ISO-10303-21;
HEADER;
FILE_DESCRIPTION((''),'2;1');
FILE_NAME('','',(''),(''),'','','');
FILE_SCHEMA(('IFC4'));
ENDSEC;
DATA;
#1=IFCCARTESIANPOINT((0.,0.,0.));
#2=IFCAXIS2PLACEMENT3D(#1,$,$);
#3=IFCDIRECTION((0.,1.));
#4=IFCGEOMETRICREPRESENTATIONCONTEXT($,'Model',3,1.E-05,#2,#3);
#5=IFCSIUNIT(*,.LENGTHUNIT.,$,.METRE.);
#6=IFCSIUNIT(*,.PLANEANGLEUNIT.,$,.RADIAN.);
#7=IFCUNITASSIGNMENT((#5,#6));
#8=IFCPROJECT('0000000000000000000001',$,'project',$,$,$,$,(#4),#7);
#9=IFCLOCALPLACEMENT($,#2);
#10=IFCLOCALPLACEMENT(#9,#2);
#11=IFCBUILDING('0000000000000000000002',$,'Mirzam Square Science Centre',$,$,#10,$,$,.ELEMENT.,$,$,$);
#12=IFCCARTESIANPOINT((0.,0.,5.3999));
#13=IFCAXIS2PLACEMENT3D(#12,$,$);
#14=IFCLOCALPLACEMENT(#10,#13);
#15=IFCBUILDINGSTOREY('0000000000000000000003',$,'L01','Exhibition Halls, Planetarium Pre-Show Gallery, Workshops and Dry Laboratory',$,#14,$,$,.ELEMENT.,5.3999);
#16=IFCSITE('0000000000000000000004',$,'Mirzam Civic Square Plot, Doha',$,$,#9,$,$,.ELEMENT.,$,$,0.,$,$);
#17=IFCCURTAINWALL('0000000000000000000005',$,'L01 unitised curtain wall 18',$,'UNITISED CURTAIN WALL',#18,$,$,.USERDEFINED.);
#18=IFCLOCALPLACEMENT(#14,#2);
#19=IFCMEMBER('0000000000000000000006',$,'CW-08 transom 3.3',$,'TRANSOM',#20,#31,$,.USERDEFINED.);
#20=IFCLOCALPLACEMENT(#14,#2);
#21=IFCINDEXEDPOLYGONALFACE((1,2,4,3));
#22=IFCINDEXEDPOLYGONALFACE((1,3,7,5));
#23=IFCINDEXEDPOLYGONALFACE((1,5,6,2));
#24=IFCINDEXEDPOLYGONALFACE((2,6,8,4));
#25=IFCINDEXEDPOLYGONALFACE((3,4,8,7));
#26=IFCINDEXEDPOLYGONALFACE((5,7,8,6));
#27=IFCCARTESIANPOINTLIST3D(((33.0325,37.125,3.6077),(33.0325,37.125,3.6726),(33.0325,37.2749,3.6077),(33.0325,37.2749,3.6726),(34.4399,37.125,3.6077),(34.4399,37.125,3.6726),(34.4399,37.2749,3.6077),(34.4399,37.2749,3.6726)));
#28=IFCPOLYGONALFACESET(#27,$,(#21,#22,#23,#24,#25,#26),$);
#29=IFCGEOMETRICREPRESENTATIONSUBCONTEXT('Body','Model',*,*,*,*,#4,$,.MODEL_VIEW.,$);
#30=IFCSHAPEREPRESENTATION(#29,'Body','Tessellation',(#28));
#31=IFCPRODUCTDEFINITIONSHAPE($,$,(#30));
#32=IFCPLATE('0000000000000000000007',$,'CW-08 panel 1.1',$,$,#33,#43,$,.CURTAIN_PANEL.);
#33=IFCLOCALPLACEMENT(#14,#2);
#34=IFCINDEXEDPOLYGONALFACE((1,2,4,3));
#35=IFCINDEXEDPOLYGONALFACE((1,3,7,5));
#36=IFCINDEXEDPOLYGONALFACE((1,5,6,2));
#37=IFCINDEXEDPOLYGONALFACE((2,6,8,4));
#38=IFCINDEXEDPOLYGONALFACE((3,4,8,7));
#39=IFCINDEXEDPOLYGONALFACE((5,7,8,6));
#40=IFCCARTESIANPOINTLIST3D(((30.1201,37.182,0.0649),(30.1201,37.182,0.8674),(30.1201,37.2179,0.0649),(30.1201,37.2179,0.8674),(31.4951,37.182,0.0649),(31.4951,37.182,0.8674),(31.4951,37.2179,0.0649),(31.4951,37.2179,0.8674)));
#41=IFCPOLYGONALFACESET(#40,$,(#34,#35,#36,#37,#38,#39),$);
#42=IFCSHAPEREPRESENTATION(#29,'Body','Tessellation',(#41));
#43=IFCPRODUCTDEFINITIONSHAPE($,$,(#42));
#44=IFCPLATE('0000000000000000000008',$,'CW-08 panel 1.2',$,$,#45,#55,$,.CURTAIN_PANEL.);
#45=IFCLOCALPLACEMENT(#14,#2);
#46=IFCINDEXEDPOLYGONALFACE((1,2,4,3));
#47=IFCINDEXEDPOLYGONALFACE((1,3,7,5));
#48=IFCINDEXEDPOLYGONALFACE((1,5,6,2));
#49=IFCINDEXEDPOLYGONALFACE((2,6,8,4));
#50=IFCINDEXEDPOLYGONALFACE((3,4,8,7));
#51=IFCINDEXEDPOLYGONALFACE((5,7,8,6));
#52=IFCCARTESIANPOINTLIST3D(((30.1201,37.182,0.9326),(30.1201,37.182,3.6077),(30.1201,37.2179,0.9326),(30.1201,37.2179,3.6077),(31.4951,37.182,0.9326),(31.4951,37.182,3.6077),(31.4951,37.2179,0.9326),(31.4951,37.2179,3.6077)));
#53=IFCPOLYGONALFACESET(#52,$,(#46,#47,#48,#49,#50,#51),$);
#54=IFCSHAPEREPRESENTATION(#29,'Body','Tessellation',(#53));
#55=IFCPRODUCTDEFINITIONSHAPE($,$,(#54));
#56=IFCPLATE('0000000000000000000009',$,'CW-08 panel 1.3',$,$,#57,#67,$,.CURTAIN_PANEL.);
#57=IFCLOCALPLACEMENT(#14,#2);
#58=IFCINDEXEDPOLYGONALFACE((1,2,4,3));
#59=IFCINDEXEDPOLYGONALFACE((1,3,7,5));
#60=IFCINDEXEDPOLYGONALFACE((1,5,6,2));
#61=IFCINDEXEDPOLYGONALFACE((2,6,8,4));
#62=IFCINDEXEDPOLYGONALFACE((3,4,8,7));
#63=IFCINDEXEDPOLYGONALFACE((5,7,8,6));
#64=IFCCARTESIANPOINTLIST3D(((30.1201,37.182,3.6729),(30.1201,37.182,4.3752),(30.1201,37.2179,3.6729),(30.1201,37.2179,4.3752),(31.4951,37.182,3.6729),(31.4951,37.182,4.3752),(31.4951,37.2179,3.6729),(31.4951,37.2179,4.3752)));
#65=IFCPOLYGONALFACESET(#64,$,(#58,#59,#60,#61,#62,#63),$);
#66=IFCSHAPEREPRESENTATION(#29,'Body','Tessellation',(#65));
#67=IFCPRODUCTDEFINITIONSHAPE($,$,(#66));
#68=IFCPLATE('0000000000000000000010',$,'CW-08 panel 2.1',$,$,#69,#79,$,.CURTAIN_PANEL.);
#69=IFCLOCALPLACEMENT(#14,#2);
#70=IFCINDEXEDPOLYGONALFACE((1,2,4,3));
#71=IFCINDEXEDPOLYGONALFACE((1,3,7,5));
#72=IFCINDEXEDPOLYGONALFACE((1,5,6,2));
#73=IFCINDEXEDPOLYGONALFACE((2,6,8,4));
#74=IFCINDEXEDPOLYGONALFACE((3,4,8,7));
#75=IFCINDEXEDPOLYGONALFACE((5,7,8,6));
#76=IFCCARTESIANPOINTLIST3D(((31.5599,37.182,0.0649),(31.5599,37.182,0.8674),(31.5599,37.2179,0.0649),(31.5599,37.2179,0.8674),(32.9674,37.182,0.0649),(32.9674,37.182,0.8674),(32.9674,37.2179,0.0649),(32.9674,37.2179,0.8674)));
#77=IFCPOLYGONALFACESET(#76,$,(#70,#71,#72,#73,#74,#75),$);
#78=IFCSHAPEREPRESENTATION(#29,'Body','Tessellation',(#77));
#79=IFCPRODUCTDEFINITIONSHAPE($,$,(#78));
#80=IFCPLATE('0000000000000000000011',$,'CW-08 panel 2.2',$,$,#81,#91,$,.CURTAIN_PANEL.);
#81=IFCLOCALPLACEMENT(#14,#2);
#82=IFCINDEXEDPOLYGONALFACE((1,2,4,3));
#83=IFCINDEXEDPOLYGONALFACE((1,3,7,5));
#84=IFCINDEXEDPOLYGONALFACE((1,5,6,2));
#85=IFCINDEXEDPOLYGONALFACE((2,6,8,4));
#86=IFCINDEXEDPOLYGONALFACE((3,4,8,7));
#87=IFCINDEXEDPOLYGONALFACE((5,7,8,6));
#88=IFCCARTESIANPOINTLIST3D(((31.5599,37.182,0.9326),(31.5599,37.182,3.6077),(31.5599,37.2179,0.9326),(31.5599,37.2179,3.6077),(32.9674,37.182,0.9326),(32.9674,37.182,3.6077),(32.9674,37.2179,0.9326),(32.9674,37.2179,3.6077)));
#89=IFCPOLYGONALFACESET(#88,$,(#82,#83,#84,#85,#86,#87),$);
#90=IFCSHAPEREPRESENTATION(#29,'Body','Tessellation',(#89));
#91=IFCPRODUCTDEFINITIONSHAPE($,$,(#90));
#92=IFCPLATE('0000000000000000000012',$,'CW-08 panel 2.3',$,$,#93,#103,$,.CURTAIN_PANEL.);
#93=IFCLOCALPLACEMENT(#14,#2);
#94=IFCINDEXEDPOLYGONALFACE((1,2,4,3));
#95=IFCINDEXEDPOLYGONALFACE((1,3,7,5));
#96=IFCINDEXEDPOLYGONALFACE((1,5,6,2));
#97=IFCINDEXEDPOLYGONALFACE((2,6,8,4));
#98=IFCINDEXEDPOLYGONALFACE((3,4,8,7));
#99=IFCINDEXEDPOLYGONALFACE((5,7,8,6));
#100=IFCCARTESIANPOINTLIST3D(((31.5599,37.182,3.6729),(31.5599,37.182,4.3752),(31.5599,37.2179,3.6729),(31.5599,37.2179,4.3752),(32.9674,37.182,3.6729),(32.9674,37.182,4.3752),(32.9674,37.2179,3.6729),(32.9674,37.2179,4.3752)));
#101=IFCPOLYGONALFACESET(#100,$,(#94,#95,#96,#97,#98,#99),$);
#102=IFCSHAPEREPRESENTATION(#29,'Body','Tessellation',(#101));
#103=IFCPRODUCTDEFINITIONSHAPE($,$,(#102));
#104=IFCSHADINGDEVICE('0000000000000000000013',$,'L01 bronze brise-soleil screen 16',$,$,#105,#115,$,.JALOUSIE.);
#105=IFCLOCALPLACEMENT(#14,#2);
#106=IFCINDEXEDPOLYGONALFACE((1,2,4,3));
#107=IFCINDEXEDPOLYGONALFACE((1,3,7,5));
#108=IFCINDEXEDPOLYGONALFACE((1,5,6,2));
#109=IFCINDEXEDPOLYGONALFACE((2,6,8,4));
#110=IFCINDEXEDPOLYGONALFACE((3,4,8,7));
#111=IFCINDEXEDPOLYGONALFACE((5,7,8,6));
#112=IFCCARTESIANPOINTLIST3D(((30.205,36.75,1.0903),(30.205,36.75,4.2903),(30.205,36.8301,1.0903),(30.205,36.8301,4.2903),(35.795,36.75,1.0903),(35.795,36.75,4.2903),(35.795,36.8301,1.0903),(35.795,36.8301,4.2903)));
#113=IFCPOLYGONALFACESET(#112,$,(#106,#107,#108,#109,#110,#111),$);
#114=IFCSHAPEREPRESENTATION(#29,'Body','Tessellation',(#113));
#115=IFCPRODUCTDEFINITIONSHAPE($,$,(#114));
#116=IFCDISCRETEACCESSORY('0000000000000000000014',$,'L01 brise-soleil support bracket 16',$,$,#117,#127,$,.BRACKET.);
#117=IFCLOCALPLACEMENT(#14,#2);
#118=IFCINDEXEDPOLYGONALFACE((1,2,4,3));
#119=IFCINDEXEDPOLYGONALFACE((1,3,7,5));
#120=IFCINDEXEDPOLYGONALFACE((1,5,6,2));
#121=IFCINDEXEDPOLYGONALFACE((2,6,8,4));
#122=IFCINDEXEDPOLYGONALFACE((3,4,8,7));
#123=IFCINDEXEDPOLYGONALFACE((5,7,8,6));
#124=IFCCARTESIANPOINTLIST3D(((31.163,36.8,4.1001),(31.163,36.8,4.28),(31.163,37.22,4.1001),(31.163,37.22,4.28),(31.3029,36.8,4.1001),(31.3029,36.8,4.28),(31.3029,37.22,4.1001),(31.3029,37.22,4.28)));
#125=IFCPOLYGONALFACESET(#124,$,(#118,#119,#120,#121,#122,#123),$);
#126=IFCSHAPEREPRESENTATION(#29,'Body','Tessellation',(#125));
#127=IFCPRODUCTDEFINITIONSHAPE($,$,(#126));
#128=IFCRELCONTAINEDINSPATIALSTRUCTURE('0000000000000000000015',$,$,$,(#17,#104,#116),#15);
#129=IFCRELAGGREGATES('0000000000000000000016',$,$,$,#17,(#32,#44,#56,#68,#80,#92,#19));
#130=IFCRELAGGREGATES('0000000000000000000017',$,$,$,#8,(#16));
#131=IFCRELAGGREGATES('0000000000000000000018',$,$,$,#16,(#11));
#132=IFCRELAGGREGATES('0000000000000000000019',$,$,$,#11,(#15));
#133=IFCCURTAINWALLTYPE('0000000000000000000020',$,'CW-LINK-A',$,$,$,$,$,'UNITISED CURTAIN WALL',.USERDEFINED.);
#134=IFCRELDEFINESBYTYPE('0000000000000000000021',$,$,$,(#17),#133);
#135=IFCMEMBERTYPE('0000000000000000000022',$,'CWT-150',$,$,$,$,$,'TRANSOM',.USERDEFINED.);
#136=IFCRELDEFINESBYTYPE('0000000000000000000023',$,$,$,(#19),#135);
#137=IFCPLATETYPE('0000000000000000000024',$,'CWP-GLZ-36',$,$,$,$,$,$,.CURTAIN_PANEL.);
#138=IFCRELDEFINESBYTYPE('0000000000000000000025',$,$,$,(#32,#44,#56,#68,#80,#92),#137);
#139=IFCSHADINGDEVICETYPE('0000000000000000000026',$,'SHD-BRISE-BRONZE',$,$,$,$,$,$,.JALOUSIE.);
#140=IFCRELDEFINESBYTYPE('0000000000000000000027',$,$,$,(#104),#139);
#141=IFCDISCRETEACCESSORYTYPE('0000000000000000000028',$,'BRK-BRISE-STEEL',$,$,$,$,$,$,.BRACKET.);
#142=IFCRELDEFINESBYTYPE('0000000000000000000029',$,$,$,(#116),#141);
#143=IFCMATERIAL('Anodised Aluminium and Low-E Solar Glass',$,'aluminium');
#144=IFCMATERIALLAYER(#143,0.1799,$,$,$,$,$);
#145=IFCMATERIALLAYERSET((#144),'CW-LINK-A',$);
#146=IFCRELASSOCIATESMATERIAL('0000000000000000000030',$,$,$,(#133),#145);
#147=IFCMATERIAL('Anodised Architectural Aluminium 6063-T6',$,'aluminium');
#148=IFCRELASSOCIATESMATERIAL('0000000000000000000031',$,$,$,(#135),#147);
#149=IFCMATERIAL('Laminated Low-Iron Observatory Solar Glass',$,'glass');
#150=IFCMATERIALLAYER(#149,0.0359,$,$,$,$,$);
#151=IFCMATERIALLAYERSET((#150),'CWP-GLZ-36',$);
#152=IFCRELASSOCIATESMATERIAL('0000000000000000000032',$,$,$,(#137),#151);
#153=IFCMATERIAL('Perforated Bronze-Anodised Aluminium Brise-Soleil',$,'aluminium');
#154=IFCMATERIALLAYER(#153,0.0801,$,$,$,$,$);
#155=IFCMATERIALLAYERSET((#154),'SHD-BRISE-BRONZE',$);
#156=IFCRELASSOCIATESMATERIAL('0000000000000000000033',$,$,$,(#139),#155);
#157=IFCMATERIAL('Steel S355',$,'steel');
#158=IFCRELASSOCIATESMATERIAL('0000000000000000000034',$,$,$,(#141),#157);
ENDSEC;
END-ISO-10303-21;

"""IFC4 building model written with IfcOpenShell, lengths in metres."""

from ifc_helpers import new_model, si_unit, direction, frame, origin, origin_2d, place, context, subcontext, project, spatial, rectangle, extrude, material, layer, layer_set, material_profile, profile_set, type_object, element, aggregate, save


model = new_model("IFC4")

# Units and contexts
model_context = context("Model", 3, precision=1e-05, world=origin(), true_north=direction((0.0, 1.0)))
body_context = subcontext(model_context, "Body", "Model", "MODEL_VIEW")
ifc_project = project(units=[si_unit("LENGTHUNIT", "METRE"), si_unit("PLANEANGLEUNIT", "RADIAN")], contexts=[model_context])

# Site, building, storey
site_placement = place(None, origin())
site = spatial("IfcSite", under=ifc_project, at=site_placement, Name="Mirzam Civic Square Plot, Doha", CompositionType="ELEMENT", RefElevation=0.0)
building_placement = place(site_placement, origin())
building = spatial("IfcBuilding", under=site, at=building_placement, Name="Mirzam Square Science Centre", CompositionType="ELEMENT")
storey_placement = place(building_placement, frame((0.0, 0.0, 5.3999)))
storey = spatial("IfcBuildingStorey", under=building, at=storey_placement, Name="L01", Description="Exhibition Halls, Planetarium Pre-Show Gallery, Workshops and Dry Laboratory", CompositionType="ELEMENT", Elevation=5.3999)

# Shared definitions
ifc_material_1 = material(Name="Anodised Aluminium and Low-E Solar Glass", Category="aluminium")
ifc_material_2 = material(Name="Anodised Architectural Aluminium 6063-T6", Category="aluminium")

# Curtain wall, member, plates
ifc_layer_1 = layer(ifc_material_1, 0.1799)
ifc_layer_set_1 = layer_set([ifc_layer_1], Name="CW-LINK-A")
curtain_wall_type_1 = type_object("IfcCurtainWallType", Name="CW-LINK-A", ElementType="UNITISED CURTAIN WALL", PredefinedType="USERDEFINED", material=ifc_layer_set_1)
curtain_wall_1_placement = place(storey_placement, origin())
curtain_wall_1 = element("IfcCurtainWall", 1, at=curtain_wall_1_placement, inside=storey, type_object=curtain_wall_type_1, Name="L01 unitised curtain wall 18", ObjectType="UNITISED CURTAIN WALL", PredefinedType="USERDEFINED")
ifc_material_profile_1 = material_profile(ifc_material_2, rectangle(XDim=0.1499, YDim=0.0649, at=origin_2d()), Name="ALU-TRAN-150x65x4")
ifc_profile_set_1 = profile_set([ifc_material_profile_1], Name="Anodised Architectural Aluminium 6063-T6")
member_type_1 = type_object("IfcMemberType", Name="CWT-150", ElementType="TRANSOM", PredefinedType="USERDEFINED", material=ifc_profile_set_1)
member_1_placement = place(storey_placement, frame((33.0325, 37.2, 3.6401), z_axis=(1.0, 0.0, 0.0), x_axis=(0.0, 1.0, 0.0)))
member_1 = element("IfcMember", 2, at=member_1_placement, type_object=member_type_1, Name="CW-08 transom 3.3", ObjectType="TRANSOM", PredefinedType="USERDEFINED", context=body_context, shape_type="SweptSolid", body=[
    extrude(rectangle(XDim=0.1499, YDim=0.0649, at=origin_2d()), origin(), (0.0, 0.0, 1.0), 1.4075),
])
ifc_material_3 = material(Name="Laminated Low-Iron Observatory Solar Glass", Category="glass")
ifc_layer_2 = layer(ifc_material_3, 0.0359)
ifc_layer_set_2 = layer_set([ifc_layer_2], Name="CWP-GLZ-36")
plate_type = type_object("IfcPlateType", Name="CWP-GLZ-36", PredefinedType="CURTAIN_PANEL", material=ifc_layer_set_2)
plate_1_placement = place(storey_placement, frame((30.8076, 37.2, 0.0649), z_axis=(0.0, 0.0, 1.0), x_axis=(1.0, 0.0, 0.0)))
plate_1 = element("IfcPlate", 3, at=plate_1_placement, type_object=plate_type, Name="CW-08 panel 1.1", PredefinedType="CURTAIN_PANEL", context=body_context, shape_type="SweptSolid", body=[
    extrude(rectangle(XDim=1.375, YDim=0.0359, at=origin_2d()), origin(), (0.0, 0.0, 1.0), 0.8025),
])
plate_2_placement = place(storey_placement, frame((30.8076, 37.2, 0.9326), z_axis=(0.0, 0.0, 1.0), x_axis=(1.0, 0.0, 0.0)))
plate_2 = element("IfcPlate", 4, at=plate_2_placement, type_object=plate_type, Name="CW-08 panel 1.2", PredefinedType="CURTAIN_PANEL", context=body_context, shape_type="SweptSolid", body=[
    extrude(rectangle(XDim=1.375, YDim=0.0359, at=origin_2d()), origin(), (0.0, 0.0, 1.0), 2.675),
])
plate_3_placement = place(storey_placement, frame((30.8076, 37.2, 3.6729), z_axis=(0.0, 0.0, 1.0), x_axis=(1.0, 0.0, 0.0)))
plate_3 = element("IfcPlate", 5, at=plate_3_placement, type_object=plate_type, Name="CW-08 panel 1.3", PredefinedType="CURTAIN_PANEL", context=body_context, shape_type="SweptSolid", body=[
    extrude(rectangle(XDim=1.375, YDim=0.0359, at=origin_2d()), origin(), (0.0, 0.0, 1.0), 0.7024),
])
plate_4_placement = place(storey_placement, frame((32.2637, 37.2, 0.0649), z_axis=(0.0, 0.0, 1.0), x_axis=(1.0, 0.0, 0.0)))
plate_4 = element("IfcPlate", 6, at=plate_4_placement, type_object=plate_type, Name="CW-08 panel 2.1", PredefinedType="CURTAIN_PANEL", context=body_context, shape_type="SweptSolid", body=[
    extrude(rectangle(XDim=1.4075, YDim=0.0359, at=origin_2d()), origin(), (0.0, 0.0, 1.0), 0.8025),
])
plate_5_placement = place(storey_placement, frame((32.2637, 37.2, 0.9326), z_axis=(0.0, 0.0, 1.0), x_axis=(1.0, 0.0, 0.0)))
plate_5 = element("IfcPlate", 7, at=plate_5_placement, type_object=plate_type, Name="CW-08 panel 2.2", PredefinedType="CURTAIN_PANEL", context=body_context, shape_type="SweptSolid", body=[
    extrude(rectangle(XDim=1.4075, YDim=0.0359, at=origin_2d()), origin(), (0.0, 0.0, 1.0), 2.675),
])
plate_6_placement = place(storey_placement, frame((32.2637, 37.2, 3.6729), z_axis=(0.0, 0.0, 1.0), x_axis=(1.0, 0.0, 0.0)))
plate_6 = element("IfcPlate", 8, at=plate_6_placement, type_object=plate_type, Name="CW-08 panel 2.3", PredefinedType="CURTAIN_PANEL", context=body_context, shape_type="SweptSolid", body=[
    extrude(rectangle(XDim=1.4075, YDim=0.0359, at=origin_2d()), origin(), (0.0, 0.0, 1.0), 0.7024),
])
aggregate(curtain_wall_1, [plate_1, plate_2, plate_3, plate_4, plate_5, plate_6, member_1])

# Shading device
ifc_material_4 = material(Name="Perforated Bronze-Anodised Aluminium Brise-Soleil", Category="aluminium")
ifc_layer_3 = layer(ifc_material_4, 0.0801)
ifc_layer_set_3 = layer_set([ifc_layer_3], Name="SHD-BRISE-BRONZE")
shading_device_type = type_object("IfcShadingDeviceType", Name="SHD-BRISE-BRONZE", PredefinedType="JALOUSIE", material=ifc_layer_set_3)
shading_device_placement = place(storey_placement, frame((33.0, 36.79, 1.0903), z_axis=(0.0, 0.0, 1.0), x_axis=(1.0, 0.0, 0.0)))
element("IfcShadingDevice", 9, at=shading_device_placement, inside=storey, type_object=shading_device_type, Name="L01 bronze brise-soleil screen 16", PredefinedType="JALOUSIE", context=body_context, shape_type="SweptSolid", body=[
    extrude(rectangle(XDim=5.5901, YDim=0.0801, at=origin_2d()), origin(), (0.0, 0.0, 1.0), 3.2),
])

# Discrete accessory
ifc_material_5 = material(Name="Steel S355", Category="steel")
discrete_accessory_type = type_object("IfcDiscreteAccessoryType", Name="BRK-BRISE-STEEL", PredefinedType="BRACKET", material=ifc_material_5)
discrete_accessory_placement = place(storey_placement, frame((31.2329, 37.01, 4.1001), z_axis=(0.0, 0.0, 1.0), x_axis=(1.0, 0.0, 0.0)))
element("IfcDiscreteAccessory", 10, at=discrete_accessory_placement, inside=storey, type_object=discrete_accessory_type, Name="L01 brise-soleil support bracket 16", PredefinedType="BRACKET", context=body_context, shape_type="SweptSolid", body=[
    extrude(rectangle(XDim=0.1399, YDim=0.4199, at=origin_2d()), origin(), (0.0, 0.0, 1.0), 0.1799),
])

save(model, "model.ifc")
